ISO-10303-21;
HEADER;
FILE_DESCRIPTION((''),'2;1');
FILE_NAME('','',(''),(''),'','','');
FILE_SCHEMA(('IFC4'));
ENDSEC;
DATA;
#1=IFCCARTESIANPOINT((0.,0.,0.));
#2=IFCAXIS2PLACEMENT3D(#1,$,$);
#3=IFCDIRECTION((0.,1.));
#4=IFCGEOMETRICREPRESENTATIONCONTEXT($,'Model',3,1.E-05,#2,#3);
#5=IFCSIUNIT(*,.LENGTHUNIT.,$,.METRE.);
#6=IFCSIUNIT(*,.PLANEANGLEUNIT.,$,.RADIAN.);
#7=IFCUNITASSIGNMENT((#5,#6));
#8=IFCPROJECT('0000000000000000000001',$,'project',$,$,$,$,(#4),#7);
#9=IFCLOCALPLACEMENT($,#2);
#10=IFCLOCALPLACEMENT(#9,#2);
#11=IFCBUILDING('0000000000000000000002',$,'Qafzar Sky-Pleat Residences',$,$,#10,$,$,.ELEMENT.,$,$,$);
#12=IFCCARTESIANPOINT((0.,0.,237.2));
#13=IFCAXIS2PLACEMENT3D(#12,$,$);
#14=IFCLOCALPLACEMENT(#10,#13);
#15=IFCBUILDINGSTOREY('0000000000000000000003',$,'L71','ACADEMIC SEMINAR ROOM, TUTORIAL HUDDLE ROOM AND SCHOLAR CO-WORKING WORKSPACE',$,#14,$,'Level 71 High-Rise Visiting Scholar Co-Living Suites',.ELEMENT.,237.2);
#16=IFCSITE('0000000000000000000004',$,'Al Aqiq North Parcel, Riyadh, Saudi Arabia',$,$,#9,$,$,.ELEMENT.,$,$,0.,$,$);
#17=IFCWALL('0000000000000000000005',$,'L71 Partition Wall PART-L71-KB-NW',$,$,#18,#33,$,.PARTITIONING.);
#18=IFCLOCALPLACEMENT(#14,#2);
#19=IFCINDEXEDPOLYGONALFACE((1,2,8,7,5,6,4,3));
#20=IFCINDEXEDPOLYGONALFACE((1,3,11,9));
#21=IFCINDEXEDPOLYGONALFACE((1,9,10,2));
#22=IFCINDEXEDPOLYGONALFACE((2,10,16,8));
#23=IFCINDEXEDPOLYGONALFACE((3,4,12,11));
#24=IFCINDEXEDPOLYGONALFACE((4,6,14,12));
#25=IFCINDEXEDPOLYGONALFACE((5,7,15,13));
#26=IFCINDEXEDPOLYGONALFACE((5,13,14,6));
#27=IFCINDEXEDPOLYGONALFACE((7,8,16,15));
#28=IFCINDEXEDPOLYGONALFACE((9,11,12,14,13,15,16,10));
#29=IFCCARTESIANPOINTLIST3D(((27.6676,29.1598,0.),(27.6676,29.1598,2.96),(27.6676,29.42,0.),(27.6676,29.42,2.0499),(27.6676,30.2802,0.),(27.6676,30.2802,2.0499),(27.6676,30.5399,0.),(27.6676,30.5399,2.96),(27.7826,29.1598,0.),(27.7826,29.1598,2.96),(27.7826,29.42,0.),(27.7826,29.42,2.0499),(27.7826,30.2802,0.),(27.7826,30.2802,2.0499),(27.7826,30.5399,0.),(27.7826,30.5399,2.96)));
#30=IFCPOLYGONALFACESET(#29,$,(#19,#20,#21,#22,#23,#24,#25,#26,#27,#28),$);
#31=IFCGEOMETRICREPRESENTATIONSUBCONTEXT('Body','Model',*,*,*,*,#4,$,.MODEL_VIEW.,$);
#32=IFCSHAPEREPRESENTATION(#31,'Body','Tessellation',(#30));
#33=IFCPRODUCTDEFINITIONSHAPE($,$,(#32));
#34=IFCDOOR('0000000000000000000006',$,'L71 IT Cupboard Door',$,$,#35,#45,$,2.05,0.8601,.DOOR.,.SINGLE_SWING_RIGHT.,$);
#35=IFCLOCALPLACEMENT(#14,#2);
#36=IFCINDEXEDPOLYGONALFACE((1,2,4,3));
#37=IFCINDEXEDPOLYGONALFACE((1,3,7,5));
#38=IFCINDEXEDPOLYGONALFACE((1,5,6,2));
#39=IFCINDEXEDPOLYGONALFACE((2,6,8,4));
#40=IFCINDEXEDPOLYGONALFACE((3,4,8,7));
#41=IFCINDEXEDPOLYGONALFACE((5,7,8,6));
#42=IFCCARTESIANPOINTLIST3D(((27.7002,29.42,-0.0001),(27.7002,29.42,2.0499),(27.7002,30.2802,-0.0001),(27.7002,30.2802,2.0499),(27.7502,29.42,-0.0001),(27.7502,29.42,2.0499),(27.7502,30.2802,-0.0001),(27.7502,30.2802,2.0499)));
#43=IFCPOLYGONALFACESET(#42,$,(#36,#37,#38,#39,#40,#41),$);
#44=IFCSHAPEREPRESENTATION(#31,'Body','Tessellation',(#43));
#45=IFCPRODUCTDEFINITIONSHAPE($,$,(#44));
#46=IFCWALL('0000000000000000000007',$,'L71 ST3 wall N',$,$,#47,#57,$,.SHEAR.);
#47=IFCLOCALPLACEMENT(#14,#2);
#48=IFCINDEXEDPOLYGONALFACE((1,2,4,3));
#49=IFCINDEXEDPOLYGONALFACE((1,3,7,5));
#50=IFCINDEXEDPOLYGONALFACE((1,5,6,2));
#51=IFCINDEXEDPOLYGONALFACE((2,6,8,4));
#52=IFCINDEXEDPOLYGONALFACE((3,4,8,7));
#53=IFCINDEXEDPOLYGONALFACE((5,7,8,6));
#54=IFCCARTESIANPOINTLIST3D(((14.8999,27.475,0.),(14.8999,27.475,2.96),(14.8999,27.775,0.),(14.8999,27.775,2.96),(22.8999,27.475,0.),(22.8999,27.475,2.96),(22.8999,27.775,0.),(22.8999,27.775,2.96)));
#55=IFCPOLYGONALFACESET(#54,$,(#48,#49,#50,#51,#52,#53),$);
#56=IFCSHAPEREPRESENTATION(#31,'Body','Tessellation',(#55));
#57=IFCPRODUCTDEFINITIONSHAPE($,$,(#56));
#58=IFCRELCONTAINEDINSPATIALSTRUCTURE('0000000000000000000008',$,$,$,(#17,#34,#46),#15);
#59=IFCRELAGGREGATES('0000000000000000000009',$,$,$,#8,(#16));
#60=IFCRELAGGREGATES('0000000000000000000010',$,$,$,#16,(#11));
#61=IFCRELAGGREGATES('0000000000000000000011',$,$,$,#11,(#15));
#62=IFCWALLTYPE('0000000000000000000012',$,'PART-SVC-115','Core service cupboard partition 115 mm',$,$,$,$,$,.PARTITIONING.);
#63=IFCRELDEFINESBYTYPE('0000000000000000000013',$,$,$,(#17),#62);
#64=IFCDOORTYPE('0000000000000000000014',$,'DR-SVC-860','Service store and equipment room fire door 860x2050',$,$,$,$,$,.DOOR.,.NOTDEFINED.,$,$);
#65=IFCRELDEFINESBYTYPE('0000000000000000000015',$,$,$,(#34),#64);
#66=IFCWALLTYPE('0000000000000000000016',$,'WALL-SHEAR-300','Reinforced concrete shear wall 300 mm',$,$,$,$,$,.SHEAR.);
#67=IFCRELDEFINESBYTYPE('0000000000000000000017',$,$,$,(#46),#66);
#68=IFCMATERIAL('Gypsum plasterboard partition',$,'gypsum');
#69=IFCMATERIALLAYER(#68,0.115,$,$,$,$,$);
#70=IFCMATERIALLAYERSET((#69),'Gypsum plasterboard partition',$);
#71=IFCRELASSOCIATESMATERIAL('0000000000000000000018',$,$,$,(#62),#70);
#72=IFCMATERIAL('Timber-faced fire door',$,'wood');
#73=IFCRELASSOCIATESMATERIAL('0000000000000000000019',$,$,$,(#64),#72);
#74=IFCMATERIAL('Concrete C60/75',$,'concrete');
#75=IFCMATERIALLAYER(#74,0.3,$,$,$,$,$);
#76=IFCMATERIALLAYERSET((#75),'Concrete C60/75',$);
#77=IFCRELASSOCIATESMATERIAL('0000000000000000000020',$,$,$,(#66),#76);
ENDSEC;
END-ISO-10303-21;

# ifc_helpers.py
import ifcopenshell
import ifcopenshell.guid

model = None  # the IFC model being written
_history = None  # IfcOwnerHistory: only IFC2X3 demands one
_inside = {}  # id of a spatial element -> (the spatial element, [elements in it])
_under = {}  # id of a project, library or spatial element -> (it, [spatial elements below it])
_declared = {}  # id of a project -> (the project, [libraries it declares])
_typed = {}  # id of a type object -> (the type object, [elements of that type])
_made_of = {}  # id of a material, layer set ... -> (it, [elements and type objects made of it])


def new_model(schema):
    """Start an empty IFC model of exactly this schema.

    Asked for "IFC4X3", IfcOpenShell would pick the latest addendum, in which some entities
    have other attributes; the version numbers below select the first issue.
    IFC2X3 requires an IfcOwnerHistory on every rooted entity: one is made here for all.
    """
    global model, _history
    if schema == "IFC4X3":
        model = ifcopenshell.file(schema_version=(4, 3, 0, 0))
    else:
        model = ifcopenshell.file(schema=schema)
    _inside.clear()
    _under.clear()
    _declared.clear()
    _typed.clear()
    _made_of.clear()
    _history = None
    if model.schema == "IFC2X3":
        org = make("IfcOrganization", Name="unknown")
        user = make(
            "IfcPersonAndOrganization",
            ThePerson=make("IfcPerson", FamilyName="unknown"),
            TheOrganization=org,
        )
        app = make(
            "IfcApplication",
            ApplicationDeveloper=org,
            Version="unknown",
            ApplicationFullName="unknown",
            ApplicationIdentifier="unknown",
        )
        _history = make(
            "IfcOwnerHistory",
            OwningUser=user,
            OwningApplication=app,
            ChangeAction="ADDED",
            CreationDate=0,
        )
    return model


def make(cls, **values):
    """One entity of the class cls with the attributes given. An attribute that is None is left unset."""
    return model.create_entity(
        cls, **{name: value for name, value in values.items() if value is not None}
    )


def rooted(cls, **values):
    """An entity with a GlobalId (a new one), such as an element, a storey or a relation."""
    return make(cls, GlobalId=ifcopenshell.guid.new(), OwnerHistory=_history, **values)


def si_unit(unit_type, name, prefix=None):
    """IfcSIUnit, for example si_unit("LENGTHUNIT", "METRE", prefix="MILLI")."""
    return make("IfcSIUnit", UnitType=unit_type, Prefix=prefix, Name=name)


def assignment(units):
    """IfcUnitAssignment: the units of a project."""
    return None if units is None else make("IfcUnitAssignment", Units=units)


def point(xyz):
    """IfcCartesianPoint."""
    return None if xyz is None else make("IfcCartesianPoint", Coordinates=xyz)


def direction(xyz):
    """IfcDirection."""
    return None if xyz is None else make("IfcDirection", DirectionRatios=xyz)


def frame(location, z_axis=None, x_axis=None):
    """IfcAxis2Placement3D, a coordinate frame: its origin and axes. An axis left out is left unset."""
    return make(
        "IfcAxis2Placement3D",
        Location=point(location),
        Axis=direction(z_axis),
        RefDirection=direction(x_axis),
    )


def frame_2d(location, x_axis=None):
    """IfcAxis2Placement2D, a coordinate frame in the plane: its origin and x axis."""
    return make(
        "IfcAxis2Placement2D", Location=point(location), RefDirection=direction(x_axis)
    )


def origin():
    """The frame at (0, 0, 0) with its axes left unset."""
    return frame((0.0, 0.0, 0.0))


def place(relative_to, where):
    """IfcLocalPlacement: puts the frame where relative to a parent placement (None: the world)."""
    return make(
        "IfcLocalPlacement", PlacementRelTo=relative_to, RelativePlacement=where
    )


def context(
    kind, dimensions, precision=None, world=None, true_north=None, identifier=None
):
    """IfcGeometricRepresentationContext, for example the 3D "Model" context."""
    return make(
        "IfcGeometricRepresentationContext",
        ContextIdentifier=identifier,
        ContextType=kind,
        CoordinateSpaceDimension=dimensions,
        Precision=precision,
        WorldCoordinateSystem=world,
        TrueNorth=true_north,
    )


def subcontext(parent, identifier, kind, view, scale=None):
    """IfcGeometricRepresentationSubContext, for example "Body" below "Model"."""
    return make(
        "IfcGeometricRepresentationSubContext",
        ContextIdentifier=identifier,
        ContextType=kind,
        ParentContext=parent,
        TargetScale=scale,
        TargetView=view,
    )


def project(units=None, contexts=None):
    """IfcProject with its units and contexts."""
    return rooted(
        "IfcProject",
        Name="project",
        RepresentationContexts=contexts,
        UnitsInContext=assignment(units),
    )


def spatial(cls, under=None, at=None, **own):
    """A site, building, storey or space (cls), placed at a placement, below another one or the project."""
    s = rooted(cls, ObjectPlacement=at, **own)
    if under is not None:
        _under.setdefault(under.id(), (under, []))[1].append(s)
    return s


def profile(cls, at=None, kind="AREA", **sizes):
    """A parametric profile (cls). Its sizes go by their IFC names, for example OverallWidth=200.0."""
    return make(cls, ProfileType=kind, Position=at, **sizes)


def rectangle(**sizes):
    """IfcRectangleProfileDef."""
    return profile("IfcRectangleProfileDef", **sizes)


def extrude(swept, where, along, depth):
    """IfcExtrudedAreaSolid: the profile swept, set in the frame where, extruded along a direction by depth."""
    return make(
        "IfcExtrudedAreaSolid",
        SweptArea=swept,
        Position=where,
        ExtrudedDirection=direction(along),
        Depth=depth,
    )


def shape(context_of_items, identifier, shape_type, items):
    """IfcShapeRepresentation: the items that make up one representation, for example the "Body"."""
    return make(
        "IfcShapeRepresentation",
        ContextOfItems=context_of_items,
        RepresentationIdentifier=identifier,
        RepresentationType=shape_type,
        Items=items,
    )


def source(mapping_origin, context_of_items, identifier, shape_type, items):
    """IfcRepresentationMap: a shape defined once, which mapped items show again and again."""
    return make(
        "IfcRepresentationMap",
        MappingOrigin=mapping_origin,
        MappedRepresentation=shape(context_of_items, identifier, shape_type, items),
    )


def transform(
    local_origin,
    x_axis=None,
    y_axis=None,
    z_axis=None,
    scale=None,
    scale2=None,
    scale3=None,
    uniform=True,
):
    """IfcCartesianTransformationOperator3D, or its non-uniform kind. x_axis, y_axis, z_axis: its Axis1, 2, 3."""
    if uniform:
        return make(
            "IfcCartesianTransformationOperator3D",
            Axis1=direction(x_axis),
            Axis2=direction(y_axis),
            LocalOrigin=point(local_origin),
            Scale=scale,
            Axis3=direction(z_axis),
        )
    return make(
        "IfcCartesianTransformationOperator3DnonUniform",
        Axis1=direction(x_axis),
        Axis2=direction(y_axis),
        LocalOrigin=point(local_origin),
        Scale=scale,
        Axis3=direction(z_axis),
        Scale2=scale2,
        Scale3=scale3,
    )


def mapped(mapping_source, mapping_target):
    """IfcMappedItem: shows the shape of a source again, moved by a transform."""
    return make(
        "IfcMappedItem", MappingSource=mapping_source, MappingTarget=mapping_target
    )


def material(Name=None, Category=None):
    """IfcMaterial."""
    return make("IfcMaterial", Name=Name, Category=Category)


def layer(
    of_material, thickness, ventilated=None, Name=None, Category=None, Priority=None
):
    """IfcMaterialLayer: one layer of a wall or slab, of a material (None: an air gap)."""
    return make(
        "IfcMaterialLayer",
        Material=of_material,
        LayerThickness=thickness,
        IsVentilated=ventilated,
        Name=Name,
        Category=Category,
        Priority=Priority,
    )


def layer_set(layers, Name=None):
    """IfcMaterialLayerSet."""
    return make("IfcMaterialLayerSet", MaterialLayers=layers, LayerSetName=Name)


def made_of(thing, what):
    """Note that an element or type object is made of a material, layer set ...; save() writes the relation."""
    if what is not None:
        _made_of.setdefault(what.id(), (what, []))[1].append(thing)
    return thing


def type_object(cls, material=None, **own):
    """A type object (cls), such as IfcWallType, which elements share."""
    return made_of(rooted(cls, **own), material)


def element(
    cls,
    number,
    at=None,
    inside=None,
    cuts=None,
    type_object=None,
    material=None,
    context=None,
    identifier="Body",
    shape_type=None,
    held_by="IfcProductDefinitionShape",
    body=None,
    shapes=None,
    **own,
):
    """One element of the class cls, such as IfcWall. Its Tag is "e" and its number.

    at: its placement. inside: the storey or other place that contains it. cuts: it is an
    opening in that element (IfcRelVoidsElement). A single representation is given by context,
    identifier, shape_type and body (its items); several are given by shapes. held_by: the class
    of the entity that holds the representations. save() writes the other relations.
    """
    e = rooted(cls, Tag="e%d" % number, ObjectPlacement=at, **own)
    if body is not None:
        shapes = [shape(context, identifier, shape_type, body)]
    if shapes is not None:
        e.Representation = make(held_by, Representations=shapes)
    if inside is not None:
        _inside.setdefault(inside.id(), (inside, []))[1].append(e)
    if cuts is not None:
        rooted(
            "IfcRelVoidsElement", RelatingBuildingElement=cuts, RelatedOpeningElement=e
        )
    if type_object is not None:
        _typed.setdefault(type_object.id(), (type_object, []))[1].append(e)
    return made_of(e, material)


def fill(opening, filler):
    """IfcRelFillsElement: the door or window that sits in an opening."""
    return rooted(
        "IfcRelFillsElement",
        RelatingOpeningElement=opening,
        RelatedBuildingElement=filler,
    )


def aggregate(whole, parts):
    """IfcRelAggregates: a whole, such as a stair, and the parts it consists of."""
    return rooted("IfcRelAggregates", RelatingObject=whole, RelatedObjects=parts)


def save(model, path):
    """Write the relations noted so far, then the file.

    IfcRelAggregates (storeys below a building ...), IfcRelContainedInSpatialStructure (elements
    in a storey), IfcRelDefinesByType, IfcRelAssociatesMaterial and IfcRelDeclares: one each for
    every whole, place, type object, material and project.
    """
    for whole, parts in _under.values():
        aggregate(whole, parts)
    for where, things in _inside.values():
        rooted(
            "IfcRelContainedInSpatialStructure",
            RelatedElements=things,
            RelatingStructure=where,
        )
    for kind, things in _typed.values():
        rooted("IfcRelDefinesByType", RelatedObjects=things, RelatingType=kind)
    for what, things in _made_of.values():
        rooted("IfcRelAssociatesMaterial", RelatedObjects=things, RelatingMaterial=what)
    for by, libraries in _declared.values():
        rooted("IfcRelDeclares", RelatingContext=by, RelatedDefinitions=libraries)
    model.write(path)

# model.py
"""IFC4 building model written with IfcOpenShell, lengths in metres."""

from ifc_helpers import new_model, si_unit, direction, frame, frame_2d, origin, place, context, subcontext, project, spatial, rectangle, extrude, source, transform, mapped, material, layer, layer_set, type_object, element, fill, save


model = new_model("IFC4")

# Units and contexts
model_context = context("Model", 3, precision=1e-05, world=origin(), true_north=direction((0.0, 1.0)))
body_context = subcontext(model_context, "Body", "Model", "MODEL_VIEW")
ifc_project = project(units=[si_unit("LENGTHUNIT", "METRE"), si_unit("PLANEANGLEUNIT", "RADIAN")], contexts=[model_context])

# Site, building, storey
site_placement = place(None, origin())
site = spatial("IfcSite", under=ifc_project, at=site_placement, Name="Al Aqiq North Parcel, Riyadh, Saudi Arabia", CompositionType="ELEMENT", RefElevation=0.0)
building_placement = place(site_placement, origin())
building = spatial("IfcBuilding", under=site, at=building_placement, Name="Qafzar Sky-Pleat Residences", CompositionType="ELEMENT")
storey_placement = place(building_placement, frame((0.0, 0.0, 237.2)))
storey = spatial("IfcBuildingStorey", under=building, at=storey_placement, Name="L71", Description="ACADEMIC SEMINAR ROOM, TUTORIAL HUDDLE ROOM AND SCHOLAR CO-WORKING WORKSPACE", LongName="Level 71 High-Rise Visiting Scholar Co-Living Suites", CompositionType="ELEMENT", Elevation=237.2)

# Shared definitions
ifc_material_1 = material(Name="Timber-faced fire door", Category="wood")

# Wall, opening, door
ifc_material_2 = material(Name="Gypsum plasterboard partition", Category="gypsum")
ifc_layer_1 = layer(ifc_material_2, 0.115)
ifc_layer_set_1 = layer_set([ifc_layer_1], Name="Gypsum plasterboard partition")
wall_type_1 = type_object("IfcWallType", Name="PART-SVC-115", Description="Core service cupboard partition 115 mm", PredefinedType="PARTITIONING", material=ifc_layer_set_1)
wall_1_placement = place(storey_placement, frame((27.7251, 29.1599, 0.0), z_axis=(0.0, 0.0, 1.0), x_axis=(0.0, 1.0, 0.0)))
wall_1 = element("IfcWall", 1, at=wall_1_placement, inside=storey, type_object=wall_type_1, Name="L71 Partition Wall PART-L71-KB-NW", PredefinedType="PARTITIONING", context=body_context, shape_type="SweptSolid", body=[
    extrude(rectangle(XDim=1.3801, YDim=0.115, at=frame_2d((0.6899, 0.0))), origin(), (0.0, 0.0, 1.0), 2.96),
])
opening_1_placement = place(wall_1_placement, frame((0.26, 0.0, 0.0)))
opening_1 = element("IfcOpeningElement", 2, at=opening_1_placement, cuts=wall_1, PredefinedType="OPENING", context=body_context, shape_type="SweptSolid", body=[
    extrude(rectangle(XDim=0.8601, YDim=2.05, at=frame_2d((0.4302, 1.0249))), frame((0.0, 0.0674, 0.0), z_axis=(0.0, -1.0, 0.0), x_axis=(1.0, 0.0, 0.0)), (0.0, 0.0, 1.0), 0.135),
])
door_type_1 = type_object("IfcDoorType", Name="DR-SVC-860", Description="Service store and equipment room fire door 860x2050", OperationType="NOTDEFINED", PredefinedType="DOOR", material=ifc_material_1)
shared_shape_1 = source(origin(), body_context, "Body", "SweptSolid", [
    extrude(rectangle(XDim=0.8601, YDim=2.05, at=frame_2d((0.4302, 1.0249))), frame((0.0, 0.0249, 0.0), z_axis=(0.0, -1.0, 0.0), x_axis=(1.0, 0.0, 0.0)), (0.0, 0.0, 1.0), 0.05),
])
door_1_placement = place(opening_1_placement, origin())
door_1 = element("IfcDoor", 3, at=door_1_placement, inside=storey, type_object=door_type_1, Name="L71 IT Cupboard Door", OperationType="SINGLE_SWING_RIGHT", OverallHeight=2.05, OverallWidth=0.8601, PredefinedType="DOOR", context=body_context, shape_type="MappedRepresentation", body=[
    mapped(shared_shape_1, transform((0.0, 0.0, 0.0), x_axis=(1.0, 0.0, 0.0), y_axis=(0.0, 1.0, 0.0), z_axis=(0.0, 0.0, 1.0), scale=1.0)),
])
fill(opening_1, door_1)

# Shared definitions
ifc_material_3 = material(Name="Concrete C60/75", Category="concrete")
ifc_layer_2 = layer(ifc_material_3, 0.3)
ifc_layer_set_2 = layer_set([ifc_layer_2], Name="Concrete C60/75")
wall_type_2 = type_object("IfcWallType", Name="WALL-SHEAR-300", Description="Reinforced concrete shear wall 300 mm", PredefinedType="SHEAR", material=ifc_layer_set_2)

# Wall
wall_2_placement = place(storey_placement, frame((22.8999, 27.625, 0.0), z_axis=(0.0, 0.0, 1.0), x_axis=(-1.0, 0.0, 0.0)))
element("IfcWall", 4, at=wall_2_placement, inside=storey, type_object=wall_type_2, Name="L71 ST3 wall N", PredefinedType="SHEAR", context=body_context, shape_type="SweptSolid", body=[
    extrude(rectangle(XDim=8.0, YDim=0.3, at=frame_2d((4.0, 0.0))), origin(), (0.0, 0.0, 1.0), 2.96),
])

save(model, "model.ifc")
